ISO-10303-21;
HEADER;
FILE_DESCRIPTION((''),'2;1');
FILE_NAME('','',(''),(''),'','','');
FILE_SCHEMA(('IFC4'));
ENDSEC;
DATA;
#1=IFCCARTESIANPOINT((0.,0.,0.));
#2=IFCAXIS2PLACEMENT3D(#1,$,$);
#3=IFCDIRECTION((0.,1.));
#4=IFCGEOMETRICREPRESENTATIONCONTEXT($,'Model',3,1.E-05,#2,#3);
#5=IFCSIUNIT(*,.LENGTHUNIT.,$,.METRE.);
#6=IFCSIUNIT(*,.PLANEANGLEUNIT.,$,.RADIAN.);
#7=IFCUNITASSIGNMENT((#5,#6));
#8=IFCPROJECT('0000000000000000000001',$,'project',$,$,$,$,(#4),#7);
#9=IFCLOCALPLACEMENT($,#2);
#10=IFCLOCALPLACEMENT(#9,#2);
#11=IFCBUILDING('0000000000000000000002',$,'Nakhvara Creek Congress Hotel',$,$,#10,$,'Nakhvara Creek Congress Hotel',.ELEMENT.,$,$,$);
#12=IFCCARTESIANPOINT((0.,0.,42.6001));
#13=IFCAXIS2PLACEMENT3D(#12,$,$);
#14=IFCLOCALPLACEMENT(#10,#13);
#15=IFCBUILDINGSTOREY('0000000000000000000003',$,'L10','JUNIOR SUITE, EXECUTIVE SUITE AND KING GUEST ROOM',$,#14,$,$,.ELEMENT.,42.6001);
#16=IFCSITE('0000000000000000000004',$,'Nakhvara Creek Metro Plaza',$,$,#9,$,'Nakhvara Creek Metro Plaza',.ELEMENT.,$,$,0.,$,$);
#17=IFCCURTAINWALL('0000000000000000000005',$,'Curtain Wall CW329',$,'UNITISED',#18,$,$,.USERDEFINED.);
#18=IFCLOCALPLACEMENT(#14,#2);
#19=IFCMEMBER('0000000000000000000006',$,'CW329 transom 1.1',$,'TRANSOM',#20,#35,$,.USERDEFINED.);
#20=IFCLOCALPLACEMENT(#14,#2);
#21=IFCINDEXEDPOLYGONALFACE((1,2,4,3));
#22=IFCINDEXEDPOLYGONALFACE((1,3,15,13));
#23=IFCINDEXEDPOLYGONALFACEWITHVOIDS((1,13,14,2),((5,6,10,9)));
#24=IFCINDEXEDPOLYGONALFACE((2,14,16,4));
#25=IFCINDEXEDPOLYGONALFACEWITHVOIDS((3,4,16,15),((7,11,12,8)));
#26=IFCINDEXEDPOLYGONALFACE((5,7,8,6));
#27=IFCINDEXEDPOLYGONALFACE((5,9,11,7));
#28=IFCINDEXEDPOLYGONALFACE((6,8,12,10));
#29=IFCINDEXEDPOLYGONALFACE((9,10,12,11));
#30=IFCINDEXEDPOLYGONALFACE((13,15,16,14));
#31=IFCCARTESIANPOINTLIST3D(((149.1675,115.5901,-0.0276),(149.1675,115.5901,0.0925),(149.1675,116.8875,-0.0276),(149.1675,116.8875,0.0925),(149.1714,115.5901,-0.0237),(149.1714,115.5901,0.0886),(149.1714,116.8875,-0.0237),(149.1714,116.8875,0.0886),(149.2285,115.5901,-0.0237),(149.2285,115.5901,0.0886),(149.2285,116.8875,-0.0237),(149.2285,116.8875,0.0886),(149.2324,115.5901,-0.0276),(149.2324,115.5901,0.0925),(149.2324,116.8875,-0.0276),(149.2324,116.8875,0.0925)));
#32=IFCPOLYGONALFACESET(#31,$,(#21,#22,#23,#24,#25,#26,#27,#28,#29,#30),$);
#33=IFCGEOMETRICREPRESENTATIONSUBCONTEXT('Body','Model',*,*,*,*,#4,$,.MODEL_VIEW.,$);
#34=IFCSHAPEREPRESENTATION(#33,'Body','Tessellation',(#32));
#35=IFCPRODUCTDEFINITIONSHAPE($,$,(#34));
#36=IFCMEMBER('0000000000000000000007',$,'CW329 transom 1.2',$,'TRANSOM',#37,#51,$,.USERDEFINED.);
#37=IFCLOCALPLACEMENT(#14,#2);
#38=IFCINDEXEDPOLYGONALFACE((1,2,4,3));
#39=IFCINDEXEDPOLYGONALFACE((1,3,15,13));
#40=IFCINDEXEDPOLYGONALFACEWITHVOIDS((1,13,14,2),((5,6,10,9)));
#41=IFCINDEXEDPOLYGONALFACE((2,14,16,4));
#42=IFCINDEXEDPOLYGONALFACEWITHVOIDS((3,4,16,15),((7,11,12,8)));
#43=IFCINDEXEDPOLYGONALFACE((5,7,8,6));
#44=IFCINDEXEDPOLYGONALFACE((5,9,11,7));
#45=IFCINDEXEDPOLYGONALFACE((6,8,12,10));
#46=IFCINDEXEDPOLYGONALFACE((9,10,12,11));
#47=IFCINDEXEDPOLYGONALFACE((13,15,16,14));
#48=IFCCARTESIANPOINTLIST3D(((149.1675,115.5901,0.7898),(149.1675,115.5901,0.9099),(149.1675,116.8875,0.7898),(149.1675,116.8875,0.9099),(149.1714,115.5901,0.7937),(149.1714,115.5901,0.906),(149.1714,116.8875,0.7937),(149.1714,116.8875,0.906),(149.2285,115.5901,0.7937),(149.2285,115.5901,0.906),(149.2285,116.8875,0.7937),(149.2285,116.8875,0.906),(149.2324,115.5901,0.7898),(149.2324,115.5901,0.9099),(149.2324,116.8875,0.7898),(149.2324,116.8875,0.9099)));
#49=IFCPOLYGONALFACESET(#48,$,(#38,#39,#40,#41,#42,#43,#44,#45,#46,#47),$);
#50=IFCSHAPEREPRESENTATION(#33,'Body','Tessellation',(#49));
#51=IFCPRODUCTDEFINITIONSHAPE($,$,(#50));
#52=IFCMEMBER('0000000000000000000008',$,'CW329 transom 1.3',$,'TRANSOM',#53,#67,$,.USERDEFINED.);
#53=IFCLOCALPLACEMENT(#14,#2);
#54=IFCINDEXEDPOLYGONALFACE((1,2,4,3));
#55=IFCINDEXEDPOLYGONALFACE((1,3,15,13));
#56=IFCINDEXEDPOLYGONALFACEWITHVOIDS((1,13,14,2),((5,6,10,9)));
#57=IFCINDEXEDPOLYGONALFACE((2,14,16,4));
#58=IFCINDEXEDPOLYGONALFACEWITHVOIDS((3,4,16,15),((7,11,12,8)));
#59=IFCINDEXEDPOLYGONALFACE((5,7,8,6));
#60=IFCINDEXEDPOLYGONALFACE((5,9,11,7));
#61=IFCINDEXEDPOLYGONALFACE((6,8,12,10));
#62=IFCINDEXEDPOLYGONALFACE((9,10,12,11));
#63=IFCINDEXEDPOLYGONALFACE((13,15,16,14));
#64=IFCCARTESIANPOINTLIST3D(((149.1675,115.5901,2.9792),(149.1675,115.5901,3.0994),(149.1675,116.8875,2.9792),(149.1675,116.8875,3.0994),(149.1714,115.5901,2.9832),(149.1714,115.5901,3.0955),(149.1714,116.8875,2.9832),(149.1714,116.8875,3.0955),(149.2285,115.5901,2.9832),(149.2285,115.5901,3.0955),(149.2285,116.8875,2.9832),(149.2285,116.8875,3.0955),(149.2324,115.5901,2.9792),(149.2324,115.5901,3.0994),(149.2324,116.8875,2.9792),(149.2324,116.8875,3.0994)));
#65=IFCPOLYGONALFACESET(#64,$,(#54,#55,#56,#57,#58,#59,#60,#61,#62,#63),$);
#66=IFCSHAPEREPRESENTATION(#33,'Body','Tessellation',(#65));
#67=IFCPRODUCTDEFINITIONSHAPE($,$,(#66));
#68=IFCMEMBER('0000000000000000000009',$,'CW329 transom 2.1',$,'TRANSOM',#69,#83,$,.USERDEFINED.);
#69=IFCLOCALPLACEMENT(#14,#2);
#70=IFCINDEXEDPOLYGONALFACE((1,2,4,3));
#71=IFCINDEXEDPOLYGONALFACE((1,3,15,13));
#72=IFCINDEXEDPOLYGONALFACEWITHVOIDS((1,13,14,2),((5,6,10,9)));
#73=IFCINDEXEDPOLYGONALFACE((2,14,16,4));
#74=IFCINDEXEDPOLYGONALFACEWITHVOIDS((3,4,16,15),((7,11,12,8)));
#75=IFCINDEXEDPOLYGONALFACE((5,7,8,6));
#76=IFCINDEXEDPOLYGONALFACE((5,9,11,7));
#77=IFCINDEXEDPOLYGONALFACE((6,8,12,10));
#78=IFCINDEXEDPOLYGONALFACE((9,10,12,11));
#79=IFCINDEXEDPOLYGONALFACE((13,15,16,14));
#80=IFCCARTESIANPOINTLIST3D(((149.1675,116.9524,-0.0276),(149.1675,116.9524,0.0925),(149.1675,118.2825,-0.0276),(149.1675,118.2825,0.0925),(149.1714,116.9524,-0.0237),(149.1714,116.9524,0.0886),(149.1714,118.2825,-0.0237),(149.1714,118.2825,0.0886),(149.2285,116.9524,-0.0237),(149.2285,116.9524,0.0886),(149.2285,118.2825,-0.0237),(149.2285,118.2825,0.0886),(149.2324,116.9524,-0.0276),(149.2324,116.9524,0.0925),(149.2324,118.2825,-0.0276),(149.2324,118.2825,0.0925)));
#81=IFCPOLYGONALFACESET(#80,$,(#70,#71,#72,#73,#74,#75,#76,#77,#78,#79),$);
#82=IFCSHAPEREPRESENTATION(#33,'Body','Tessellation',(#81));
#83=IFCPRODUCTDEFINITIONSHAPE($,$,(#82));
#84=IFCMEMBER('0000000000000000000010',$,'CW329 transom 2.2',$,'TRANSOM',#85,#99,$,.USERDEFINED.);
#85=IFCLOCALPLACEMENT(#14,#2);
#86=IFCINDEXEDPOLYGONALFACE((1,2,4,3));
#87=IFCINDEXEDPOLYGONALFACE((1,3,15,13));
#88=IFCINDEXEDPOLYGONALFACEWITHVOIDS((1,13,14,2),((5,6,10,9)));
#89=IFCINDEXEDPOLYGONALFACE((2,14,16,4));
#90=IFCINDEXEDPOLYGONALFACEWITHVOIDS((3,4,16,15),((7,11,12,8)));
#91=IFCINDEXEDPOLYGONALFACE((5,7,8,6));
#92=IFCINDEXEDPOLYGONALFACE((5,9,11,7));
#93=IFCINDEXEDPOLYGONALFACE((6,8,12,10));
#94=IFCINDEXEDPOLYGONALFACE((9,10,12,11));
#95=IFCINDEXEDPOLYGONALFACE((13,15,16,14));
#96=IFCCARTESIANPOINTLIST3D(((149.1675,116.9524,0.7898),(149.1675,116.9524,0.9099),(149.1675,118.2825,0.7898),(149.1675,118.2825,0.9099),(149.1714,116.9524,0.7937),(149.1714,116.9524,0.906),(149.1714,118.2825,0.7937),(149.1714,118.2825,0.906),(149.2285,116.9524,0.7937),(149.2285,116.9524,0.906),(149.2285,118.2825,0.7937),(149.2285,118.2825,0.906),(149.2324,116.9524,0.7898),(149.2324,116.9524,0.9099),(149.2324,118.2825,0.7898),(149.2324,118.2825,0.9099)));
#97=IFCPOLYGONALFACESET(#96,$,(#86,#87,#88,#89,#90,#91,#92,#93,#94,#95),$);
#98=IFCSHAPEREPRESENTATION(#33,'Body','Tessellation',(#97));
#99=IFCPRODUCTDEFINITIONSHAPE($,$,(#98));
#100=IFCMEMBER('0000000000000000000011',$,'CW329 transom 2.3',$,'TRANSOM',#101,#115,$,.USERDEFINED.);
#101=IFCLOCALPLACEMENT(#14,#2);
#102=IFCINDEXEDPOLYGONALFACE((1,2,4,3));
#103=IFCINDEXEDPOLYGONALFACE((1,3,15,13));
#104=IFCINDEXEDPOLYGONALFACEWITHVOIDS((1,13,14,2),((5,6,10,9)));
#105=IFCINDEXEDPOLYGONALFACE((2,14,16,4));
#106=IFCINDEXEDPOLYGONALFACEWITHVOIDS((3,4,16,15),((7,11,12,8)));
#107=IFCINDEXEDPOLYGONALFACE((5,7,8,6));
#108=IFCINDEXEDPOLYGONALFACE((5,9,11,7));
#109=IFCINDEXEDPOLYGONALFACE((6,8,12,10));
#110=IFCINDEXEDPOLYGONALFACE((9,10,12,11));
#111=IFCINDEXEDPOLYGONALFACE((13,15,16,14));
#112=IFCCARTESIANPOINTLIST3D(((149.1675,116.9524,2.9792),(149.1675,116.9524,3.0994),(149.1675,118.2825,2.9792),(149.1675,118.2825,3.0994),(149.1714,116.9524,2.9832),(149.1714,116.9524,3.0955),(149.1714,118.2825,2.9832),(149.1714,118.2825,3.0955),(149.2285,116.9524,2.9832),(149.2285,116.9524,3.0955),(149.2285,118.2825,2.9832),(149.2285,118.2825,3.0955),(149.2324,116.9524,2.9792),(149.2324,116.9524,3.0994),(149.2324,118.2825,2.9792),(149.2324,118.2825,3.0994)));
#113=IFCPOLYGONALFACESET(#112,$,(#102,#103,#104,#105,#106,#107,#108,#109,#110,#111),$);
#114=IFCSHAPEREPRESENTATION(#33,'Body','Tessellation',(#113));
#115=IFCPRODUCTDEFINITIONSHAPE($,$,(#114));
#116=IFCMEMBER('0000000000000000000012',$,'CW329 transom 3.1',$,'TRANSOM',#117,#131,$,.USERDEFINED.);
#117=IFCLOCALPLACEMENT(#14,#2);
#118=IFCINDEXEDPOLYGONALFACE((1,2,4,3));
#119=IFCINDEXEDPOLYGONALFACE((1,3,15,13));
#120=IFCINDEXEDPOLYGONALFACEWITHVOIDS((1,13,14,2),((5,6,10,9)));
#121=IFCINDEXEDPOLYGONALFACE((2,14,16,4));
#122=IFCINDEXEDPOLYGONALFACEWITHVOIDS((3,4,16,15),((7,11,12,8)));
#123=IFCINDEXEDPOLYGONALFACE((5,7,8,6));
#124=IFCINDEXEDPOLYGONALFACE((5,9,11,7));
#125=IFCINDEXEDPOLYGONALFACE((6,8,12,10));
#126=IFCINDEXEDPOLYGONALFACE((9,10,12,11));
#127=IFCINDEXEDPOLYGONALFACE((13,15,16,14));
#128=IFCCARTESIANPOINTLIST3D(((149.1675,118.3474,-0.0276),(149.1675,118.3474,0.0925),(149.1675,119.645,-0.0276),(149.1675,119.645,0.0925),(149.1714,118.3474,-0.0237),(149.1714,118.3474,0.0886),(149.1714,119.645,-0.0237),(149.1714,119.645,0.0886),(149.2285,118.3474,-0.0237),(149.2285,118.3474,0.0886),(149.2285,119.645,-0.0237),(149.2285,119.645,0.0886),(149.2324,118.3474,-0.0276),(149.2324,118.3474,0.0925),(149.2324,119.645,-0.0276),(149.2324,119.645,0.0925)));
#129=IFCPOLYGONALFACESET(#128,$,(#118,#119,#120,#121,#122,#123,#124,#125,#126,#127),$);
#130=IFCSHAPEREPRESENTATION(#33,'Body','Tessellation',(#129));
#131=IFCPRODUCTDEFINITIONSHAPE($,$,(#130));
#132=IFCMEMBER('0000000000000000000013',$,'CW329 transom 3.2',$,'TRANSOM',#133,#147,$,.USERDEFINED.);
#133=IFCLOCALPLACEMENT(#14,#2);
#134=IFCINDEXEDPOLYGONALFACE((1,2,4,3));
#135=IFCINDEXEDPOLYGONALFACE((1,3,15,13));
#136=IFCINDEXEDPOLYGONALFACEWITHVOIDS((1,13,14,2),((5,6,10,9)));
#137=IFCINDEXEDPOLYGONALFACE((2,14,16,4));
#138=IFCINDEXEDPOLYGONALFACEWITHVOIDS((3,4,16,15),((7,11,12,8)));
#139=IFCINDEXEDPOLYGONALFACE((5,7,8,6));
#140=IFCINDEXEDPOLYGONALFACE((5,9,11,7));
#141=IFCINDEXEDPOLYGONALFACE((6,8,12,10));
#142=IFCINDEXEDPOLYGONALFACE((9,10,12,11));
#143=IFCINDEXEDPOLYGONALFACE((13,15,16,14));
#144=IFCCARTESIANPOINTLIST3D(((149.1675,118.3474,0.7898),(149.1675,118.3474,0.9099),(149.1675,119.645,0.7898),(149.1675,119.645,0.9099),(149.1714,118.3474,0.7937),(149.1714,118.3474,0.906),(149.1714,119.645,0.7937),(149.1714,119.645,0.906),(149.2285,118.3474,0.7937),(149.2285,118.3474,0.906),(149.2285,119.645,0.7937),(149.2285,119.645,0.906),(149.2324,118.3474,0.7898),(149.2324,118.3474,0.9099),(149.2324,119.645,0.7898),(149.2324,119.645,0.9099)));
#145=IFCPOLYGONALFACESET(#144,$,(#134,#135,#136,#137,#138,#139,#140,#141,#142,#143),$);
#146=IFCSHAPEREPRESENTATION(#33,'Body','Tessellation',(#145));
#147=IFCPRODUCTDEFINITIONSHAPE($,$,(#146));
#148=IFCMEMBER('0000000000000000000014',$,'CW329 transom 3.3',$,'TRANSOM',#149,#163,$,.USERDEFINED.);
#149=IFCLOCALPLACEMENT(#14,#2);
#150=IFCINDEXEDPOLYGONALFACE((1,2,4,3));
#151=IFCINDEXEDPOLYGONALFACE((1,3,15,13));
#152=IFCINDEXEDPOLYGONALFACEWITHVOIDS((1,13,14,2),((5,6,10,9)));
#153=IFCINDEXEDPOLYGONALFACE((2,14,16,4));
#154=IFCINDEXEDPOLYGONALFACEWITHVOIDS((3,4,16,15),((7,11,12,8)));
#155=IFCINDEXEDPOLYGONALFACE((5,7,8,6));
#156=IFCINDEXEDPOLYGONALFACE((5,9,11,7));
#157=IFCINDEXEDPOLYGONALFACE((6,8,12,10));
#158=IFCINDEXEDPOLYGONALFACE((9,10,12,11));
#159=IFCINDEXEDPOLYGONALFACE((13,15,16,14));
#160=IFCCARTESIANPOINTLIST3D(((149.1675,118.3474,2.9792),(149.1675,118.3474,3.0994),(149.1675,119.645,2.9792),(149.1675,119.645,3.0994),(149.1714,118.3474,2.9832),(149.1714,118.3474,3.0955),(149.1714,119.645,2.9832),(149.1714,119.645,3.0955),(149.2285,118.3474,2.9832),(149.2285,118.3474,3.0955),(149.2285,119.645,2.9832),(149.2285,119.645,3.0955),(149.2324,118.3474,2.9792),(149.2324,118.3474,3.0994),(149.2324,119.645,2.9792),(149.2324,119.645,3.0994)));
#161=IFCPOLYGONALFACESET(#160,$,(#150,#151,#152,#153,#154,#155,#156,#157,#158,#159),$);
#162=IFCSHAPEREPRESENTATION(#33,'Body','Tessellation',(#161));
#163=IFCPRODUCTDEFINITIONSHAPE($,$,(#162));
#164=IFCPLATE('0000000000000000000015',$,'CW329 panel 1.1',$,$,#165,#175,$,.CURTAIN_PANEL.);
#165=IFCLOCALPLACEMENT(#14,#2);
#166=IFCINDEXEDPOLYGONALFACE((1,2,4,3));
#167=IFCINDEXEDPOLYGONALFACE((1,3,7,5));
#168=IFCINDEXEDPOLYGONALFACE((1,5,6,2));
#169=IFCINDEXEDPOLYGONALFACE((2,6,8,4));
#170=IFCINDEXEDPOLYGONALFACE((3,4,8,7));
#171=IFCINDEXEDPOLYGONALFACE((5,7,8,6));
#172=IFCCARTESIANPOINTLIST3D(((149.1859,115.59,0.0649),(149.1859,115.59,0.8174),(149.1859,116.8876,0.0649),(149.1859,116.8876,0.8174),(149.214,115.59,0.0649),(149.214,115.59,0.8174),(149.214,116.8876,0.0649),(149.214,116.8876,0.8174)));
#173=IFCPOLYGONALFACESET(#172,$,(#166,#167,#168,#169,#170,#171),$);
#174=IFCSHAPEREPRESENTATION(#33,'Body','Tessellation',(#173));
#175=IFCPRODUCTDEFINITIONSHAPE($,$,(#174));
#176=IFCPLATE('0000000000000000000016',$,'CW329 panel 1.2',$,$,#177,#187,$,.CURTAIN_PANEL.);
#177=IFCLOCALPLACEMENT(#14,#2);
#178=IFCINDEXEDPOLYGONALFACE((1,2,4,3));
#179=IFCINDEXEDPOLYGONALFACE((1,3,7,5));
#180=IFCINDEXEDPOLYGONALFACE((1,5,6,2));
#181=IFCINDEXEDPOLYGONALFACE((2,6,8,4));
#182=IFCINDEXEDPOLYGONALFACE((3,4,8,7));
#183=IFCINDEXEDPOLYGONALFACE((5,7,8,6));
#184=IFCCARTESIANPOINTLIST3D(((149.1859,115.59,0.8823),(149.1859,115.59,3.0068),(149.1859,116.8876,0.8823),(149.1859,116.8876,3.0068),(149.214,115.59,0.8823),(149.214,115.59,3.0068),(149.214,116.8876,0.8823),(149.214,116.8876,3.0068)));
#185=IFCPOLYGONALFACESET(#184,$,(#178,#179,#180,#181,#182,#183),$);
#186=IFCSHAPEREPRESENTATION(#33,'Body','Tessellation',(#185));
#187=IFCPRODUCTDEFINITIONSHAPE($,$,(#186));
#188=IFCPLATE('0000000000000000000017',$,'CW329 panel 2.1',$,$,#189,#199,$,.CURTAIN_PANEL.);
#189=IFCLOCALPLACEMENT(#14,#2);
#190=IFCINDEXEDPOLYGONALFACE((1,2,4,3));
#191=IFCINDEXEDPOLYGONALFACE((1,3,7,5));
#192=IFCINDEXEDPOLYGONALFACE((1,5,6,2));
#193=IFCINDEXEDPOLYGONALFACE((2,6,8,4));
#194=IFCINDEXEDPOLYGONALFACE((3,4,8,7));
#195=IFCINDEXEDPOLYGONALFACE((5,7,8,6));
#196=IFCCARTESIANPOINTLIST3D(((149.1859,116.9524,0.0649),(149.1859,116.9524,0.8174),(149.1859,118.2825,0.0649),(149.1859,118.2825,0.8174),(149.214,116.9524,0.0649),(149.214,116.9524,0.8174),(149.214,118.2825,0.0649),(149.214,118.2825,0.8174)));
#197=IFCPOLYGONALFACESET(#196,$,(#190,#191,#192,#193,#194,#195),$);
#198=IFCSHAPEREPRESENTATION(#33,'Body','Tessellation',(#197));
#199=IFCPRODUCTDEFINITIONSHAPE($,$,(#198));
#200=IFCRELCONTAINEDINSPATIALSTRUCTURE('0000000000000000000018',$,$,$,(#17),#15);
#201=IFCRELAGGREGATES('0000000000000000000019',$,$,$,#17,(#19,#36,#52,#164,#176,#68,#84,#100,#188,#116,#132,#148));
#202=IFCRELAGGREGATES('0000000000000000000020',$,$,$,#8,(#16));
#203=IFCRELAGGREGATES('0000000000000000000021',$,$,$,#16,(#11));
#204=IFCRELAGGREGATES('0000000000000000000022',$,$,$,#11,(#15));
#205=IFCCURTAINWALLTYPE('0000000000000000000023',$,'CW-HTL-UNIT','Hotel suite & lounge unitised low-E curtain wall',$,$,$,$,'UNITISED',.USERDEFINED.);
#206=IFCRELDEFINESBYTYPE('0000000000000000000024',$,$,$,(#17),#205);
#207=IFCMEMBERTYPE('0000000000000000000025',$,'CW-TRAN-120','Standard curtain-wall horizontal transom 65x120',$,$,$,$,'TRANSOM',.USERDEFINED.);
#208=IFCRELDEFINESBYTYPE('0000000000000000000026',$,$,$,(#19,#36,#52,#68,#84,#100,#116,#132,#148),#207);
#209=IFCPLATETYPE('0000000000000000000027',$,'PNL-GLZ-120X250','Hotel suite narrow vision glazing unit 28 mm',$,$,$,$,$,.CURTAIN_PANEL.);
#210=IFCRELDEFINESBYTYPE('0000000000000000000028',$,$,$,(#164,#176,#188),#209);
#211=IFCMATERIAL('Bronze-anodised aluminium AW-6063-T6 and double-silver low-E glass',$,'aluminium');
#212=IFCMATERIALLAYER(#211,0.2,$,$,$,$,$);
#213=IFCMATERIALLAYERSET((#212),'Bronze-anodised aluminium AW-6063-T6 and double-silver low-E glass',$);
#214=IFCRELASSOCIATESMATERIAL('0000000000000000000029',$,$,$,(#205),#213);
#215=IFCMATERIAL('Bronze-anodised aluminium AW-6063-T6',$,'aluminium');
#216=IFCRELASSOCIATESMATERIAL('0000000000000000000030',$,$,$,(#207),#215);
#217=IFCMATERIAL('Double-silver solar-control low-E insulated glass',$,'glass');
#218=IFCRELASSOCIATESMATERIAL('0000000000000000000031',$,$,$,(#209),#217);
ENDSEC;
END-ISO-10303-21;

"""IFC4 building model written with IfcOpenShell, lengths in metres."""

from ifc_helpers import new_model, si_unit, direction, frame, origin, origin_2d, place, context, subcontext, project, spatial, rectangle, hollow_rectangle, extrude, material, layer, layer_set, material_profile, profile_set, type_object, element, aggregate, save


model = new_model("IFC4")

# Units and contexts
model_context = context("Model", 3, precision=1e-05, world=origin(), true_north=direction((0.0, 1.0)))
body_context = subcontext(model_context, "Body", "Model", "MODEL_VIEW")
ifc_project = project(units=[si_unit("LENGTHUNIT", "METRE"), si_unit("PLANEANGLEUNIT", "RADIAN")], contexts=[model_context])

# Site, building, storey
site_placement = place(None, origin())
site = spatial("IfcSite", under=ifc_project, at=site_placement, Name="Nakhvara Creek Metro Plaza", LongName="Nakhvara Creek Metro Plaza", CompositionType="ELEMENT", RefElevation=0.0)
building_placement = place(site_placement, origin())
building = spatial("IfcBuilding", under=site, at=building_placement, Name="Nakhvara Creek Congress Hotel", LongName="Nakhvara Creek Congress Hotel", CompositionType="ELEMENT")
storey_placement = place(building_placement, frame((0.0, 0.0, 42.6001)))
storey = spatial("IfcBuildingStorey", under=building, at=storey_placement, Name="L10", Description="JUNIOR SUITE, EXECUTIVE SUITE AND KING GUEST ROOM", CompositionType="ELEMENT", Elevation=42.6001)

# Curtain wall, members, plates
ifc_material_1 = material(Name="Bronze-anodised aluminium AW-6063-T6 and double-silver low-E glass", Category="aluminium")
ifc_layer_1 = layer(ifc_material_1, 0.2)
ifc_layer_set_1 = layer_set([ifc_layer_1], Name="Bronze-anodised aluminium AW-6063-T6 and double-silver low-E glass")
curtain_wall_type = type_object("IfcCurtainWallType", Name="CW-HTL-UNIT", Description="Hotel suite & lounge unitised low-E curtain wall", ElementType="UNITISED", PredefinedType="USERDEFINED", material=ifc_layer_set_1)
curtain_wall_placement = place(storey_placement, origin())
curtain_wall = element("IfcCurtainWall", 1, at=curtain_wall_placement, inside=storey, type_object=curtain_wall_type, Name="Curtain Wall CW329", ObjectType="UNITISED", PredefinedType="USERDEFINED")
ifc_material_2 = material(Name="Bronze-anodised aluminium AW-6063-T6", Category="aluminium")
ifc_material_profile_1 = material_profile(ifc_material_2, hollow_rectangle(XDim=0.0649, YDim=0.1201, WallThickness=0.0039, at=origin_2d()), Name="ALU-TRAN 65x120x4", Category="LoadBearing")
ifc_profile_set_1 = profile_set([ifc_material_profile_1], Name="Bronze-anodised aluminium AW-6063-T6")
member_type_1 = type_object("IfcMemberType", Name="CW-TRAN-120", Description="Standard curtain-wall horizontal transom 65x120", ElementType="TRANSOM", PredefinedType="USERDEFINED", material=ifc_profile_set_1)
member_1_placement = place(storey_placement, frame((149.2, 115.5901, 0.0325), z_axis=(0.0, 1.0, 0.0), x_axis=(-1.0, 0.0, 0.0)))
member_1 = element("IfcMember", 2, at=member_1_placement, type_object=member_type_1, Name="CW329 transom 1.1", ObjectType="TRANSOM", PredefinedType="USERDEFINED", context=body_context, shape_type="SweptSolid", body=[
    extrude(hollow_rectangle(XDim=0.0649, YDim=0.1201, WallThickness=0.0039, at=origin_2d()), origin(), (0.0, 0.0, 1.0), 1.2974),
])
member_2_placement = place(storey_placement, frame((149.2, 115.5901, 0.8499), z_axis=(0.0, 1.0, 0.0), x_axis=(-1.0, 0.0, 0.0)))
member_2 = element("IfcMember", 3, at=member_2_placement, type_object=member_type_1, Name="CW329 transom 1.2", ObjectType="TRANSOM", PredefinedType="USERDEFINED", context=body_context, shape_type="SweptSolid", body=[
    extrude(hollow_rectangle(XDim=0.0649, YDim=0.1201, WallThickness=0.0039, at=origin_2d()), origin(), (0.0, 0.0, 1.0), 1.2974),
])
member_3_placement = place(storey_placement, frame((149.2, 115.5901, 3.0393), z_axis=(0.0, 1.0, 0.0), x_axis=(-1.0, 0.0, 0.0)))
member_3 = element("IfcMember", 4, at=member_3_placement, type_object=member_type_1, Name="CW329 transom 1.3", ObjectType="TRANSOM", PredefinedType="USERDEFINED", context=body_context, shape_type="SweptSolid", body=[
    extrude(hollow_rectangle(XDim=0.0649, YDim=0.1201, WallThickness=0.0039, at=origin_2d()), origin(), (0.0, 0.0, 1.0), 1.2974),
])
member_4_placement = place(storey_placement, frame((149.2, 116.9524, 0.0325), z_axis=(0.0, 1.0, 0.0), x_axis=(-1.0, 0.0, 0.0)))
member_4 = element("IfcMember", 5, at=member_4_placement, type_object=member_type_1, Name="CW329 transom 2.1", ObjectType="TRANSOM", PredefinedType="USERDEFINED", context=body_context, shape_type="SweptSolid", body=[
    extrude(hollow_rectangle(XDim=0.0649, YDim=0.1201, WallThickness=0.0039, at=origin_2d()), origin(), (0.0, 0.0, 1.0), 1.3301),
])
member_5_placement = place(storey_placement, frame((149.2, 116.9524, 0.8499), z_axis=(0.0, 1.0, 0.0), x_axis=(-1.0, 0.0, 0.0)))
member_5 = element("IfcMember", 6, at=member_5_placement, type_object=member_type_1, Name="CW329 transom 2.2", ObjectType="TRANSOM", PredefinedType="USERDEFINED", context=body_context, shape_type="SweptSolid", body=[
    extrude(hollow_rectangle(XDim=0.0649, YDim=0.1201, WallThickness=0.0039, at=origin_2d()), origin(), (0.0, 0.0, 1.0), 1.3301),
])
member_6_placement = place(storey_placement, frame((149.2, 116.9524, 3.0393), z_axis=(0.0, 1.0, 0.0), x_axis=(-1.0, 0.0, 0.0)))
member_6 = element("IfcMember", 7, at=member_6_placement, type_object=member_type_1, Name="CW329 transom 2.3", ObjectType="TRANSOM", PredefinedType="USERDEFINED", context=body_context, shape_type="SweptSolid", body=[
    extrude(hollow_rectangle(XDim=0.0649, YDim=0.1201, WallThickness=0.0039, at=origin_2d()), origin(), (0.0, 0.0, 1.0), 1.3301),
])
member_7_placement = place(storey_placement, frame((149.2, 118.3474, 0.0325), z_axis=(0.0, 1.0, 0.0), x_axis=(-1.0, 0.0, 0.0)))
member_7 = element("IfcMember", 8, at=member_7_placement, type_object=member_type_1, Name="CW329 transom 3.1", ObjectType="TRANSOM", PredefinedType="USERDEFINED", context=body_context, shape_type="SweptSolid", body=[
    extrude(hollow_rectangle(XDim=0.0649, YDim=0.1201, WallThickness=0.0039, at=origin_2d()), origin(), (0.0, 0.0, 1.0), 1.2976),
])
member_8_placement = place(storey_placement, frame((149.2, 118.3474, 0.8499), z_axis=(0.0, 1.0, 0.0), x_axis=(-1.0, 0.0, 0.0)))
member_8 = element("IfcMember", 9, at=member_8_placement, type_object=member_type_1, Name="CW329 transom 3.2", ObjectType="TRANSOM", PredefinedType="USERDEFINED", context=body_context, shape_type="SweptSolid", body=[
    extrude(hollow_rectangle(XDim=0.0649, YDim=0.1201, WallThickness=0.0039, at=origin_2d()), origin(), (0.0, 0.0, 1.0), 1.2976),
])
member_9_placement = place(storey_placement, frame((149.2, 118.3474, 3.0393), z_axis=(0.0, 1.0, 0.0), x_axis=(-1.0, 0.0, 0.0)))
member_9 = element("IfcMember", 10, at=member_9_placement, type_object=member_type_1, Name="CW329 transom 3.3", ObjectType="TRANSOM", PredefinedType="USERDEFINED", context=body_context, shape_type="SweptSolid", body=[
    extrude(hollow_rectangle(XDim=0.0649, YDim=0.1201, WallThickness=0.0039, at=origin_2d()), origin(), (0.0, 0.0, 1.0), 1.2976),
])
ifc_material_3 = material(Name="Double-silver solar-control low-E insulated glass", Category="glass")
plate_type = type_object("IfcPlateType", Name="PNL-GLZ-120X250", Description="Hotel suite narrow vision glazing unit 28 mm", PredefinedType="CURTAIN_PANEL", material=ifc_material_3)
plate_1_placement = place(storey_placement, frame((149.2, 116.2388, 0.0649), z_axis=(0.0, 0.0, 1.0), x_axis=(0.0, 1.0, 0.0)))
plate_1 = element("IfcPlate", 11, at=plate_1_placement, type_object=plate_type, Name="CW329 panel 1.1", PredefinedType="CURTAIN_PANEL", context=body_context, shape_type="SweptSolid", body=[
    extrude(rectangle(XDim=1.2976, YDim=0.0281, at=origin_2d()), origin(), (0.0, 0.0, 1.0), 0.7524),
])
plate_2_placement = place(storey_placement, frame((149.2, 116.2388, 0.8823), z_axis=(0.0, 0.0, 1.0), x_axis=(0.0, 1.0, 0.0)))
plate_2 = element("IfcPlate", 12, at=plate_2_placement, type_object=plate_type, Name="CW329 panel 1.2", PredefinedType="CURTAIN_PANEL", context=body_context, shape_type="SweptSolid", body=[
    extrude(rectangle(XDim=1.2976, YDim=0.0281, at=origin_2d()), origin(), (0.0, 0.0, 1.0), 2.1245),
])
plate_3_placement = place(storey_placement, frame((149.2, 117.6174, 0.0649), z_axis=(0.0, 0.0, 1.0), x_axis=(0.0, 1.0, 0.0)))
plate_3 = element("IfcPlate", 13, at=plate_3_placement, type_object=plate_type, Name="CW329 panel 2.1", PredefinedType="CURTAIN_PANEL", context=body_context, shape_type="SweptSolid", body=[
    extrude(rectangle(XDim=1.3301, YDim=0.0281, at=origin_2d()), origin(), (0.0, 0.0, 1.0), 0.7524),
])
aggregate(curtain_wall, [member_1, member_2, member_3, plate_1, plate_2, member_4, member_5, member_6, plate_3, member_7, member_8, member_9])

save(model, "model.ifc")
